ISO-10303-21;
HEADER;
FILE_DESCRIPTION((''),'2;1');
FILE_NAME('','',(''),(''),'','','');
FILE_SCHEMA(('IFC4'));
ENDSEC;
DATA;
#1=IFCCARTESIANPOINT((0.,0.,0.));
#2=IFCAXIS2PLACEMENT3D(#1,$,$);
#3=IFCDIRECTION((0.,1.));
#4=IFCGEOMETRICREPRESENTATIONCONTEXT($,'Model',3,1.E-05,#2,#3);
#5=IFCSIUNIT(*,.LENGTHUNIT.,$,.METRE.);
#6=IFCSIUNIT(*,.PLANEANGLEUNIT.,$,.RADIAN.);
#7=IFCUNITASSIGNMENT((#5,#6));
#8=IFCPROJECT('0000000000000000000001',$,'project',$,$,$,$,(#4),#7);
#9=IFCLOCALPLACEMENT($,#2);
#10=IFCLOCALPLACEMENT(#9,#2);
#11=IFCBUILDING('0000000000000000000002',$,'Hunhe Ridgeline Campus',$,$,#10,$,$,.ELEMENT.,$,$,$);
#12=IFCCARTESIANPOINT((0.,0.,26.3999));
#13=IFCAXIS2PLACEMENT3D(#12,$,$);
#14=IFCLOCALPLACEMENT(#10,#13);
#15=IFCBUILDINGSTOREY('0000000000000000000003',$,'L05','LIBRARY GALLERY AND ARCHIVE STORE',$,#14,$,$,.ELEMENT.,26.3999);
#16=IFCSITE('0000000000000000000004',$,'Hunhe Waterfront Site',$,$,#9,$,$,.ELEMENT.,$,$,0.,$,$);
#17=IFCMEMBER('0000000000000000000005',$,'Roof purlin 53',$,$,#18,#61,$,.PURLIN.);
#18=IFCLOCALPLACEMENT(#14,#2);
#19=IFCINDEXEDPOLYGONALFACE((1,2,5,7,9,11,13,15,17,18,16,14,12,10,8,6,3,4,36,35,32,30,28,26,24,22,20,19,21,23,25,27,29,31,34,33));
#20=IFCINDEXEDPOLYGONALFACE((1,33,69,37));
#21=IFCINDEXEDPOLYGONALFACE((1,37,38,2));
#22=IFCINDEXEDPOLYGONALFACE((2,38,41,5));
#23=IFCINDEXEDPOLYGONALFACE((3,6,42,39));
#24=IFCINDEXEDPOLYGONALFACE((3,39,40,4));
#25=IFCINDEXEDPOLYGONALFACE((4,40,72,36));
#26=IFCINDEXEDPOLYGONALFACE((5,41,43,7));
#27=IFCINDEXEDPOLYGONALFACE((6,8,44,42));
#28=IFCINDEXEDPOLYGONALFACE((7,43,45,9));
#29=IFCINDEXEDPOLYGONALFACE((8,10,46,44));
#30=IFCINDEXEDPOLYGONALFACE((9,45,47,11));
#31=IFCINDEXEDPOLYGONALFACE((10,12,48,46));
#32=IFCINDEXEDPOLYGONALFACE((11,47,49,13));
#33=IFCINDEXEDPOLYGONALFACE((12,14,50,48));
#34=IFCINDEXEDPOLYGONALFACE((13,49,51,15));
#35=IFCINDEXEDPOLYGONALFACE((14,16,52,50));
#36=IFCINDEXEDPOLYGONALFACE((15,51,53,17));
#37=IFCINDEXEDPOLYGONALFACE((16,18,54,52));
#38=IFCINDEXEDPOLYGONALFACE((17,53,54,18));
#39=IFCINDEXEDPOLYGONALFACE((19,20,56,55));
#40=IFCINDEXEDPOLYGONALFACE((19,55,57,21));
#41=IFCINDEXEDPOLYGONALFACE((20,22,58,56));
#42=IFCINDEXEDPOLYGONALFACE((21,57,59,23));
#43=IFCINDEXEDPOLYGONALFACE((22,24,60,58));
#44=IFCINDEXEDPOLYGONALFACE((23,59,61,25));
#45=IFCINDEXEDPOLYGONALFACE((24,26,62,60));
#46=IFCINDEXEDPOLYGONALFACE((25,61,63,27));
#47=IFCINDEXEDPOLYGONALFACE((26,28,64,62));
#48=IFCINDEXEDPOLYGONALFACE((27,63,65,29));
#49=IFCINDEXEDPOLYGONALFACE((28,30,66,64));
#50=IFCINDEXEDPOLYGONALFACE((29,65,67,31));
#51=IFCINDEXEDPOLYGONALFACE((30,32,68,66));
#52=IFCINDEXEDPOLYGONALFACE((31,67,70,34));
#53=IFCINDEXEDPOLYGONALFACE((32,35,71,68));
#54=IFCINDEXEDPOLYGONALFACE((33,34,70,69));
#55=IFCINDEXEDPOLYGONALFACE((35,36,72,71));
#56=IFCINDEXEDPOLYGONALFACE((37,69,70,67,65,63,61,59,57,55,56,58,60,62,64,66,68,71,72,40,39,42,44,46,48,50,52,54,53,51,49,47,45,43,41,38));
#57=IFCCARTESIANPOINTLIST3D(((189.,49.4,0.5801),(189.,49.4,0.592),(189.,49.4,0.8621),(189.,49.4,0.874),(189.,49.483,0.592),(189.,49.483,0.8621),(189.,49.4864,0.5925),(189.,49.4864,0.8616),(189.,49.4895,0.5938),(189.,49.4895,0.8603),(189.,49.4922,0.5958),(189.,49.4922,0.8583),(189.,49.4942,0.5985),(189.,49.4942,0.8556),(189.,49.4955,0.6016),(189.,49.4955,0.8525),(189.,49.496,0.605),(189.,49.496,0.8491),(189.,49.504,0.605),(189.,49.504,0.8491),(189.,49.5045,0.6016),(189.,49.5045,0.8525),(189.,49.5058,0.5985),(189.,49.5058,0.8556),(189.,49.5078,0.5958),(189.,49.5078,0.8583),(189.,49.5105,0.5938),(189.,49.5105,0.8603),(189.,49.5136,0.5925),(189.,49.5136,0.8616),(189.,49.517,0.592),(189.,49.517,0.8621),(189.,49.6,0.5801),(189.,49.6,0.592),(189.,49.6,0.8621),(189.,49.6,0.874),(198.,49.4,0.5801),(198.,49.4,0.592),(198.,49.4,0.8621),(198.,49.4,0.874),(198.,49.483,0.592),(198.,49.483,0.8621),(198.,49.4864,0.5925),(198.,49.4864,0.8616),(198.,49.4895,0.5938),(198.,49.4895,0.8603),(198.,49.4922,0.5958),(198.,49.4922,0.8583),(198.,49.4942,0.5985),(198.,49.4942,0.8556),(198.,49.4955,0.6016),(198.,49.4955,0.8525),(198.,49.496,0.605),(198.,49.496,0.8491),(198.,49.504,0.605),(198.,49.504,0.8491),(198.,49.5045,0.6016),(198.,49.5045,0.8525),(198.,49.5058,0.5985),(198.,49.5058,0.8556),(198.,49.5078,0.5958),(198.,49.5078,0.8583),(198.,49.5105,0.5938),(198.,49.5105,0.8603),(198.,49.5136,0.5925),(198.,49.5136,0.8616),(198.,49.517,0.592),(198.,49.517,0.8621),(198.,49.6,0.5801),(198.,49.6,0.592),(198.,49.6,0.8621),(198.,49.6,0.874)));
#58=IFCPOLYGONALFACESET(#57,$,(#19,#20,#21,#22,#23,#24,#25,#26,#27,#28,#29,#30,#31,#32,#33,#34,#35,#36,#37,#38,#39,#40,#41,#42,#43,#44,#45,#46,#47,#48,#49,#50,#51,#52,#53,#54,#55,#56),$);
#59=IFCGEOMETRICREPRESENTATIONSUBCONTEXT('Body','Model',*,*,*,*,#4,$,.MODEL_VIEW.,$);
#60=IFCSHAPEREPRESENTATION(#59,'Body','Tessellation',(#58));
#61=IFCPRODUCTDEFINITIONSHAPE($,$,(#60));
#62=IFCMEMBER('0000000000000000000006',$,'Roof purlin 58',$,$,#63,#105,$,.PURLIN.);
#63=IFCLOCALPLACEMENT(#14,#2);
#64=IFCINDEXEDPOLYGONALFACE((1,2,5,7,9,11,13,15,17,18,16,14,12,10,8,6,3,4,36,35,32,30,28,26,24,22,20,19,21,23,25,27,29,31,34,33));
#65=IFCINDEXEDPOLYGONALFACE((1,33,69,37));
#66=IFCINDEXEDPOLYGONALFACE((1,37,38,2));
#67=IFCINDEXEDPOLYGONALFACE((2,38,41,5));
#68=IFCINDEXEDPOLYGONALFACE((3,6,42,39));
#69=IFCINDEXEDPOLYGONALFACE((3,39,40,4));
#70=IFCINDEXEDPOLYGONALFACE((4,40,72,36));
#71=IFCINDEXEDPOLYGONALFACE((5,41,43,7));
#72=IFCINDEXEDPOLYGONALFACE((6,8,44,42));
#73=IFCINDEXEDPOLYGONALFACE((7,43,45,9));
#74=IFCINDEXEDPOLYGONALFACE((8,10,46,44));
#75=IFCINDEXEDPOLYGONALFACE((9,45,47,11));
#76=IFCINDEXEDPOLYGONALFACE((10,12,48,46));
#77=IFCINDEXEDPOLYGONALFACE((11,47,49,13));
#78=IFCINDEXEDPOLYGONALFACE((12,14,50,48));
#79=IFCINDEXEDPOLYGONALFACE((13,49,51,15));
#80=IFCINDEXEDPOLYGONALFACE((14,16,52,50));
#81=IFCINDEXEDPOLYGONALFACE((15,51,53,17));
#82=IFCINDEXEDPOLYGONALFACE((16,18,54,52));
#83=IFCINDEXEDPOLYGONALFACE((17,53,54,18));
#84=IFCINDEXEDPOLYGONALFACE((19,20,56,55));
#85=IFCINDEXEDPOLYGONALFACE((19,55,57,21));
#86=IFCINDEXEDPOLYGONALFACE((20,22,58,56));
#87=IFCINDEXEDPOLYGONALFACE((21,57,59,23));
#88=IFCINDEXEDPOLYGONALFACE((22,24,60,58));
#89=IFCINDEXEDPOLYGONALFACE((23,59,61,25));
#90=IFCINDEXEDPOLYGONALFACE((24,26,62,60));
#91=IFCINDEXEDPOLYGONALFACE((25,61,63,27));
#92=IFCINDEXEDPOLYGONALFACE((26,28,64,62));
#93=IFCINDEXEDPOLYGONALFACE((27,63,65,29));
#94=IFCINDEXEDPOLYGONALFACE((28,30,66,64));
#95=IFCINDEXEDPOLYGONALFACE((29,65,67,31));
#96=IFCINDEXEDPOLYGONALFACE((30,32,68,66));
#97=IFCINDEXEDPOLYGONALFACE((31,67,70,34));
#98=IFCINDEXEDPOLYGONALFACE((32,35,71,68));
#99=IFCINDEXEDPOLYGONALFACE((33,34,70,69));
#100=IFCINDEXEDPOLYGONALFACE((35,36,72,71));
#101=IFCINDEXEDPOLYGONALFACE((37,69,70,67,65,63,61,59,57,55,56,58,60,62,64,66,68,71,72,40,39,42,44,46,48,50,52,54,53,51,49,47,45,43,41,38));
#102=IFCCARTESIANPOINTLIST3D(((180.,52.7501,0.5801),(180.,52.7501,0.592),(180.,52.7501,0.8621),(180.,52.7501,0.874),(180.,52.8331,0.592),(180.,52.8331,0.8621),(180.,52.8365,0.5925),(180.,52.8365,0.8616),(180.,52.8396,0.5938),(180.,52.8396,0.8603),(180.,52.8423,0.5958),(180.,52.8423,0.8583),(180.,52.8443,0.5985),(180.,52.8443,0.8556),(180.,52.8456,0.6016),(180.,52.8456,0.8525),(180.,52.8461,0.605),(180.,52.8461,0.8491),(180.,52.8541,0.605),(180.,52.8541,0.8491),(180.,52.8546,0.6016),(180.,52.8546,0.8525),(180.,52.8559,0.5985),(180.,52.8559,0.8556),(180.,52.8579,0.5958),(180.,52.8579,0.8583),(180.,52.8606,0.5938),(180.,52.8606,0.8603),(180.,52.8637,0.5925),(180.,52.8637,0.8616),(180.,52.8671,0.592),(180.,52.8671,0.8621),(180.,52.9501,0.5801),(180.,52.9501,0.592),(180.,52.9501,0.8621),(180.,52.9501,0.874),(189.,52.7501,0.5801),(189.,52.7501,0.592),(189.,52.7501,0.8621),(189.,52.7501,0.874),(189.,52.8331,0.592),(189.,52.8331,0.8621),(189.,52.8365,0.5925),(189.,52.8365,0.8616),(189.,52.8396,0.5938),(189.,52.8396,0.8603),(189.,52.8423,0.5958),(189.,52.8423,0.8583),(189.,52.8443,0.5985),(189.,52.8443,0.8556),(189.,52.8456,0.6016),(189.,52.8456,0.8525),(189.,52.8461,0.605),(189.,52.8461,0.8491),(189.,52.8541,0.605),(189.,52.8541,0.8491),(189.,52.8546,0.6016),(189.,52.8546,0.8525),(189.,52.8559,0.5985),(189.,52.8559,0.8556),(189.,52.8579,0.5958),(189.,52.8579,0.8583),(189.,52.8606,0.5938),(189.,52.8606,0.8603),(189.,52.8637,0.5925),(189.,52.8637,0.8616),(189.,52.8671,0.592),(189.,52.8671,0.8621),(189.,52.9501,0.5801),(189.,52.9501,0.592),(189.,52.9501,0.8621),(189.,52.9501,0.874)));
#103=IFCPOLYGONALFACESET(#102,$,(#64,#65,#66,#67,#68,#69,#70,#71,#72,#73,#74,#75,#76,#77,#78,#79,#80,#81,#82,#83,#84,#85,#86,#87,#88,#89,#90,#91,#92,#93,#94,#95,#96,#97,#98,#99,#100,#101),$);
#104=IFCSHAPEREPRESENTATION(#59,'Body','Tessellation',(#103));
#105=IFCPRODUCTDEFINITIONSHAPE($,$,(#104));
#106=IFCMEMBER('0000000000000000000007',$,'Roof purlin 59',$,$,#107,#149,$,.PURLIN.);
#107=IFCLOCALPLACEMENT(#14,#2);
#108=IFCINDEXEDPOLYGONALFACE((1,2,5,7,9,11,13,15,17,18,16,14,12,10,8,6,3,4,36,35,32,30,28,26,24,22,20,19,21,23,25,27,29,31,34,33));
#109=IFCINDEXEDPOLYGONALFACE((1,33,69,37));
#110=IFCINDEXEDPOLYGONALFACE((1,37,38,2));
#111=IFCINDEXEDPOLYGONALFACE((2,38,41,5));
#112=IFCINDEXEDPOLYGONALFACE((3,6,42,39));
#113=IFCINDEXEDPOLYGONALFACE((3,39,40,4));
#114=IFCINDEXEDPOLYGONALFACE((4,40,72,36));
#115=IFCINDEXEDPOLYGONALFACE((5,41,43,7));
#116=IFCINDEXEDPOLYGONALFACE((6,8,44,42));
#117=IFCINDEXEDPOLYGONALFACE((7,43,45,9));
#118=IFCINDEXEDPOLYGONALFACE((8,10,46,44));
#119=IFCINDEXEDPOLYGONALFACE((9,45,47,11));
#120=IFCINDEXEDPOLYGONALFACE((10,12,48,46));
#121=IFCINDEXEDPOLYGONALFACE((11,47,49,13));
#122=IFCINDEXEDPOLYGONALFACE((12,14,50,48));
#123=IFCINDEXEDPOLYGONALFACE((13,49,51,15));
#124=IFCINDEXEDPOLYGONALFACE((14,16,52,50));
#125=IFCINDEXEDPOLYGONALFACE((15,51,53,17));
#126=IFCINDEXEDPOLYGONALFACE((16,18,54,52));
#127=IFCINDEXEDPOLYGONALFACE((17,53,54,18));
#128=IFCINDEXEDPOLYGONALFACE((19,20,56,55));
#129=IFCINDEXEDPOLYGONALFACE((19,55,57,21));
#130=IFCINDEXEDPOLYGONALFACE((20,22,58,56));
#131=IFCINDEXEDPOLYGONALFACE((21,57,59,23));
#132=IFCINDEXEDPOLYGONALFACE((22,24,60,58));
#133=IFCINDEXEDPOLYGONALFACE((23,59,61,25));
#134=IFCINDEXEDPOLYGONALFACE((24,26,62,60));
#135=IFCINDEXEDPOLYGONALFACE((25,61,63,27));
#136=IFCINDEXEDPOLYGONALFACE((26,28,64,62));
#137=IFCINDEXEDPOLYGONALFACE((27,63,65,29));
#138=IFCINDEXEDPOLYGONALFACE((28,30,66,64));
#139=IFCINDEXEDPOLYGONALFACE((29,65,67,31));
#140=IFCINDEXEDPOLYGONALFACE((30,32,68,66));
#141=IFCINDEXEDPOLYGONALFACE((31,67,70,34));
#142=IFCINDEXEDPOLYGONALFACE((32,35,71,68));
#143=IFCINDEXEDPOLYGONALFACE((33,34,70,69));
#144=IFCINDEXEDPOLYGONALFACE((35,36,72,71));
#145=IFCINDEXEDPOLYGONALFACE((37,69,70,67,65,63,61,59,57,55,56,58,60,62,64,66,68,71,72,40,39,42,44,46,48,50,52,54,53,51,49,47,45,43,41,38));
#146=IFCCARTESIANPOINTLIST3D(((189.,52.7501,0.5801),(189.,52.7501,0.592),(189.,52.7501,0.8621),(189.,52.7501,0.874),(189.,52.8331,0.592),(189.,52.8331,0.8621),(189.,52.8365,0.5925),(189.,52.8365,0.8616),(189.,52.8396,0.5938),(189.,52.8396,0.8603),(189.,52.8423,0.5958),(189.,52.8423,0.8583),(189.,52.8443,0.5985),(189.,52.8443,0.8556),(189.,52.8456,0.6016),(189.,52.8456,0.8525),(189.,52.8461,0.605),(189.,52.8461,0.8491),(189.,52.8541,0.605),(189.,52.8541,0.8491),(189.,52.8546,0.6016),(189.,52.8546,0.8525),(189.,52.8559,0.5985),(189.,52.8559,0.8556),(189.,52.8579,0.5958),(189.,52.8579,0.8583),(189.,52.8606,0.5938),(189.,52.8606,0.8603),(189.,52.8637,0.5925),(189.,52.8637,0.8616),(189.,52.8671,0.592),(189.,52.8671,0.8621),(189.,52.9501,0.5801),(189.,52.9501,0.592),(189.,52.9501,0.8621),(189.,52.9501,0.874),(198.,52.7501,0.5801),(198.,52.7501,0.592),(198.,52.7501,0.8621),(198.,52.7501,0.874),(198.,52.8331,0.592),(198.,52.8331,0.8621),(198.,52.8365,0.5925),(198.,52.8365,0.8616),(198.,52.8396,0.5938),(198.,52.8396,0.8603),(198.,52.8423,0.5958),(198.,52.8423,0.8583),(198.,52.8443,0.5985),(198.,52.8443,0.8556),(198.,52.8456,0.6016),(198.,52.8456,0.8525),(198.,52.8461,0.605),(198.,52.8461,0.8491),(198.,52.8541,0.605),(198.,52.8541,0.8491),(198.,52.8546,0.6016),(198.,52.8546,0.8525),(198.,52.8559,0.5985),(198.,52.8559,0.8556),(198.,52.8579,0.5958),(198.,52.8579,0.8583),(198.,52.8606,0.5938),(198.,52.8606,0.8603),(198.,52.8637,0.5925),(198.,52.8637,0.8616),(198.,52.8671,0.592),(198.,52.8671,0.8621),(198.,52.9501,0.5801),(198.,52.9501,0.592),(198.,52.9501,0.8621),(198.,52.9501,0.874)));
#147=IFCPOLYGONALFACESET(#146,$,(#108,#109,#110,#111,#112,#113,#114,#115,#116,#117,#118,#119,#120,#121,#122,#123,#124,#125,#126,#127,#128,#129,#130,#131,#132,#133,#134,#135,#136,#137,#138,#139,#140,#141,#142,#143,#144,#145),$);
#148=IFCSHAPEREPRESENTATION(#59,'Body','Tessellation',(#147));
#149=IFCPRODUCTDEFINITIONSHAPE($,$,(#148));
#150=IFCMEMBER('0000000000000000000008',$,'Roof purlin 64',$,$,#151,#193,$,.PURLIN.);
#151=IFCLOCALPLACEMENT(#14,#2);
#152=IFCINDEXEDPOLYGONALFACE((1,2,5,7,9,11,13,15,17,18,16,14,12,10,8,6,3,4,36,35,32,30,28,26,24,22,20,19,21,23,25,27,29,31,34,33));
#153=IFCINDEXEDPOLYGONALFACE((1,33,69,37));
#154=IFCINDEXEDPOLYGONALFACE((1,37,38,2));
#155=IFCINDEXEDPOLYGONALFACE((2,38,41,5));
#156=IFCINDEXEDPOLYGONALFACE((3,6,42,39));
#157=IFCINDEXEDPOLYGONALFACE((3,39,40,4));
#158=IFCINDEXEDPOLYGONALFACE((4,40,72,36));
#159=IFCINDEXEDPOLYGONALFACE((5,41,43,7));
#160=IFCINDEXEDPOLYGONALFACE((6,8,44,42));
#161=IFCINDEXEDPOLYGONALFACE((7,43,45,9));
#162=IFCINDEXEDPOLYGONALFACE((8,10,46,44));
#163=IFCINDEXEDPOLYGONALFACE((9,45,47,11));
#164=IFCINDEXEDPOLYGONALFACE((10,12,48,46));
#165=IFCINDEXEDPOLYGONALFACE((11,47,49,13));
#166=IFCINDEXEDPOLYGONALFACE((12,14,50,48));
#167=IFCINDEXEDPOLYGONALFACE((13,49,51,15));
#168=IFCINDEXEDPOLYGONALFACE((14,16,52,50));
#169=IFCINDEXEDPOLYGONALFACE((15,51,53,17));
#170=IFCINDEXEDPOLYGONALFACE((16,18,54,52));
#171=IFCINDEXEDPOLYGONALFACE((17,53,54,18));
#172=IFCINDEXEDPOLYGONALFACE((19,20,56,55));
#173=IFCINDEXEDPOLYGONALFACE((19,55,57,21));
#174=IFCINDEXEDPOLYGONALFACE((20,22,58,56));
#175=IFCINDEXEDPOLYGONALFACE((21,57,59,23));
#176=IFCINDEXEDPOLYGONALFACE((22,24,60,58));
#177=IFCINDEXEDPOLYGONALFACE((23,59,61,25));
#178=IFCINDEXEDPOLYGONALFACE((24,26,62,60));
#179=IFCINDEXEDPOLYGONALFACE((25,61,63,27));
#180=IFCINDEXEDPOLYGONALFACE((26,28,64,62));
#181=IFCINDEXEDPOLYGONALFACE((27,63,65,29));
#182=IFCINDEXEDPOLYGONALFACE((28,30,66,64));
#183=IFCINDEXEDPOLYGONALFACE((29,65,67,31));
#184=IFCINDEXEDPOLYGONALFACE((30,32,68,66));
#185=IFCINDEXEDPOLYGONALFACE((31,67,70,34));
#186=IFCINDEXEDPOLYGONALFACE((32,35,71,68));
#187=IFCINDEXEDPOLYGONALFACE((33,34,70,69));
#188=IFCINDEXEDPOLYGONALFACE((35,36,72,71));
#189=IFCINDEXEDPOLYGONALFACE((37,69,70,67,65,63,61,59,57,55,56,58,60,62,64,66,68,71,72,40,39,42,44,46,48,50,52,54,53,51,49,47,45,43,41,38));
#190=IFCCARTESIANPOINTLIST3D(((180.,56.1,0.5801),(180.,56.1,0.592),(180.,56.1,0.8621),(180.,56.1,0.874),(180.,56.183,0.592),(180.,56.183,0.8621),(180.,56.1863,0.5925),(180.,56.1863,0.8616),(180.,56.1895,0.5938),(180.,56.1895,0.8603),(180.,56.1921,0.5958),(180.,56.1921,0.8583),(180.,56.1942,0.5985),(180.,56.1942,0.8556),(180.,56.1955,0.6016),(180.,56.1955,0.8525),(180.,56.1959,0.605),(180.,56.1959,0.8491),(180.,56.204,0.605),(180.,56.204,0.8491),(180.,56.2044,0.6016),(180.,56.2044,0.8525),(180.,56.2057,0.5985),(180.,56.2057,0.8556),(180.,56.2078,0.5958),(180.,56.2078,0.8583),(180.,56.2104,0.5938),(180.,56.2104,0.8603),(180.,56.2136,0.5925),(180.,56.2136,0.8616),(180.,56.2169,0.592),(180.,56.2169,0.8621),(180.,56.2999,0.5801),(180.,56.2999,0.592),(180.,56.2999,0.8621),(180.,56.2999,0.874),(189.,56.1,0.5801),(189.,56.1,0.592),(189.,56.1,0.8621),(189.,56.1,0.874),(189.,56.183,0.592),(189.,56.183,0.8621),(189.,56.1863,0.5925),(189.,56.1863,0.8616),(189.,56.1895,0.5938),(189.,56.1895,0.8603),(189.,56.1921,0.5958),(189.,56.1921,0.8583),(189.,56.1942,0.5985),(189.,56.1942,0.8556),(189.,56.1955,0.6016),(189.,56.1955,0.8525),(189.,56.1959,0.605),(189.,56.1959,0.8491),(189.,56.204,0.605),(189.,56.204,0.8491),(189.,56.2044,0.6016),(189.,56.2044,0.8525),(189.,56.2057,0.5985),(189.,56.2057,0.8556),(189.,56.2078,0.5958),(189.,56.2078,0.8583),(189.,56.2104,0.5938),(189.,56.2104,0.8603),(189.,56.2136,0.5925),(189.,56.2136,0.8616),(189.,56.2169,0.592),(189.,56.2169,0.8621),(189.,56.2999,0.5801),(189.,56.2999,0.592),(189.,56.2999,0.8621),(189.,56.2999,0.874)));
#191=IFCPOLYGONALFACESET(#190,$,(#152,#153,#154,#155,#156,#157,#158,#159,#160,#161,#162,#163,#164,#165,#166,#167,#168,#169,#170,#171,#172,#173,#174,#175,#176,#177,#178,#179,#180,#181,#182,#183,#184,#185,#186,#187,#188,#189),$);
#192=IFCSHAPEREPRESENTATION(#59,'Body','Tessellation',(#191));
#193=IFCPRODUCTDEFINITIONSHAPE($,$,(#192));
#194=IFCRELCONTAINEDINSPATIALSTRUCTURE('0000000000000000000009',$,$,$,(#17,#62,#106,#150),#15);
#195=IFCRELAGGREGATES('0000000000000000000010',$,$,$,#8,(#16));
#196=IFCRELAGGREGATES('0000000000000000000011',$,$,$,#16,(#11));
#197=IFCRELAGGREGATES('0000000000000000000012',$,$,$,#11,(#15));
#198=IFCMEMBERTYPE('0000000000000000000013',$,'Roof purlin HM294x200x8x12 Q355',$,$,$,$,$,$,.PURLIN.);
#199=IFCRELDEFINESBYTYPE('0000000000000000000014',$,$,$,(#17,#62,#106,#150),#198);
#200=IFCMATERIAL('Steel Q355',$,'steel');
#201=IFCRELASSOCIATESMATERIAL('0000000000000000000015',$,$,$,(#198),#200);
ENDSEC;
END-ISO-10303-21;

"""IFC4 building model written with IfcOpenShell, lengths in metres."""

from ifc_helpers import new_model, si_unit, direction, frame, origin, origin_2d, place, context, subcontext, project, spatial, i_section, extrude, material, material_profile, profile_set, type_object, element, save


model = new_model("IFC4")

# Units and contexts
model_context = context("Model", 3, precision=1e-05, world=origin(), true_north=direction((0.0, 1.0)))
body_context = subcontext(model_context, "Body", "Model", "MODEL_VIEW")
ifc_project = project(units=[si_unit("LENGTHUNIT", "METRE"), si_unit("PLANEANGLEUNIT", "RADIAN")], contexts=[model_context])

# Site, building, storey
site_placement = place(None, origin())
site = spatial("IfcSite", under=ifc_project, at=site_placement, Name="Hunhe Waterfront Site", CompositionType="ELEMENT", RefElevation=0.0)
building_placement = place(site_placement, origin())
building = spatial("IfcBuilding", under=site, at=building_placement, Name="Hunhe Ridgeline Campus", CompositionType="ELEMENT")
storey_placement = place(building_placement, frame((0.0, 0.0, 26.3999)))
storey = spatial("IfcBuildingStorey", under=building, at=storey_placement, Name="L05", Description="LIBRARY GALLERY AND ARCHIVE STORE", CompositionType="ELEMENT", Elevation=26.3999)

# Members
ifc_material = material(Name="Steel Q355", Category="steel")
ifc_material_profile_1 = material_profile(ifc_material, i_section(OverallWidth=0.2, OverallDepth=0.2939, WebThickness=0.0081, FlangeThickness=0.012, FilletRadius=0.0129, at=origin_2d()))
ifc_profile_set_1 = profile_set([ifc_material_profile_1], Name="Steel Q355")
member_type_1 = type_object("IfcMemberType", Name="Roof purlin HM294x200x8x12 Q355", PredefinedType="PURLIN", material=ifc_profile_set_1)
for number, where, z_axis, x_axis, name in (
    (1, (189.0, 49.5, 0.7271), (1.0, 0.0, 0.0), (0.0, 1.0, 0.0), "Roof purlin 53"),
    (2, (180.0, 52.8501, 0.7271), (1.0, 0.0, 0.0), (0.0, 1.0, 0.0), "Roof purlin 58"),
    (3, (189.0, 52.8501, 0.7271), (1.0, 0.0, 0.0), (0.0, 1.0, 0.0), "Roof purlin 59"),
    (4, (180.0, 56.2, 0.7271), (1.0, 0.0, 0.0), (0.0, 1.0, 0.0), "Roof purlin 64"),
):
    element("IfcMember", number, at=place(storey_placement, frame(where, z_axis=z_axis, x_axis=x_axis)), inside=storey, type_object=member_type_1, Name=name, PredefinedType="PURLIN", context=body_context, shape_type="SweptSolid", body=[
        extrude(i_section(OverallWidth=0.2, OverallDepth=0.2939, WebThickness=0.0081, FlangeThickness=0.012, FilletRadius=0.0129, at=origin_2d()), origin(), (0.0, 0.0, 1.0), 9.0),
    ])

save(model, "model.ifc")
